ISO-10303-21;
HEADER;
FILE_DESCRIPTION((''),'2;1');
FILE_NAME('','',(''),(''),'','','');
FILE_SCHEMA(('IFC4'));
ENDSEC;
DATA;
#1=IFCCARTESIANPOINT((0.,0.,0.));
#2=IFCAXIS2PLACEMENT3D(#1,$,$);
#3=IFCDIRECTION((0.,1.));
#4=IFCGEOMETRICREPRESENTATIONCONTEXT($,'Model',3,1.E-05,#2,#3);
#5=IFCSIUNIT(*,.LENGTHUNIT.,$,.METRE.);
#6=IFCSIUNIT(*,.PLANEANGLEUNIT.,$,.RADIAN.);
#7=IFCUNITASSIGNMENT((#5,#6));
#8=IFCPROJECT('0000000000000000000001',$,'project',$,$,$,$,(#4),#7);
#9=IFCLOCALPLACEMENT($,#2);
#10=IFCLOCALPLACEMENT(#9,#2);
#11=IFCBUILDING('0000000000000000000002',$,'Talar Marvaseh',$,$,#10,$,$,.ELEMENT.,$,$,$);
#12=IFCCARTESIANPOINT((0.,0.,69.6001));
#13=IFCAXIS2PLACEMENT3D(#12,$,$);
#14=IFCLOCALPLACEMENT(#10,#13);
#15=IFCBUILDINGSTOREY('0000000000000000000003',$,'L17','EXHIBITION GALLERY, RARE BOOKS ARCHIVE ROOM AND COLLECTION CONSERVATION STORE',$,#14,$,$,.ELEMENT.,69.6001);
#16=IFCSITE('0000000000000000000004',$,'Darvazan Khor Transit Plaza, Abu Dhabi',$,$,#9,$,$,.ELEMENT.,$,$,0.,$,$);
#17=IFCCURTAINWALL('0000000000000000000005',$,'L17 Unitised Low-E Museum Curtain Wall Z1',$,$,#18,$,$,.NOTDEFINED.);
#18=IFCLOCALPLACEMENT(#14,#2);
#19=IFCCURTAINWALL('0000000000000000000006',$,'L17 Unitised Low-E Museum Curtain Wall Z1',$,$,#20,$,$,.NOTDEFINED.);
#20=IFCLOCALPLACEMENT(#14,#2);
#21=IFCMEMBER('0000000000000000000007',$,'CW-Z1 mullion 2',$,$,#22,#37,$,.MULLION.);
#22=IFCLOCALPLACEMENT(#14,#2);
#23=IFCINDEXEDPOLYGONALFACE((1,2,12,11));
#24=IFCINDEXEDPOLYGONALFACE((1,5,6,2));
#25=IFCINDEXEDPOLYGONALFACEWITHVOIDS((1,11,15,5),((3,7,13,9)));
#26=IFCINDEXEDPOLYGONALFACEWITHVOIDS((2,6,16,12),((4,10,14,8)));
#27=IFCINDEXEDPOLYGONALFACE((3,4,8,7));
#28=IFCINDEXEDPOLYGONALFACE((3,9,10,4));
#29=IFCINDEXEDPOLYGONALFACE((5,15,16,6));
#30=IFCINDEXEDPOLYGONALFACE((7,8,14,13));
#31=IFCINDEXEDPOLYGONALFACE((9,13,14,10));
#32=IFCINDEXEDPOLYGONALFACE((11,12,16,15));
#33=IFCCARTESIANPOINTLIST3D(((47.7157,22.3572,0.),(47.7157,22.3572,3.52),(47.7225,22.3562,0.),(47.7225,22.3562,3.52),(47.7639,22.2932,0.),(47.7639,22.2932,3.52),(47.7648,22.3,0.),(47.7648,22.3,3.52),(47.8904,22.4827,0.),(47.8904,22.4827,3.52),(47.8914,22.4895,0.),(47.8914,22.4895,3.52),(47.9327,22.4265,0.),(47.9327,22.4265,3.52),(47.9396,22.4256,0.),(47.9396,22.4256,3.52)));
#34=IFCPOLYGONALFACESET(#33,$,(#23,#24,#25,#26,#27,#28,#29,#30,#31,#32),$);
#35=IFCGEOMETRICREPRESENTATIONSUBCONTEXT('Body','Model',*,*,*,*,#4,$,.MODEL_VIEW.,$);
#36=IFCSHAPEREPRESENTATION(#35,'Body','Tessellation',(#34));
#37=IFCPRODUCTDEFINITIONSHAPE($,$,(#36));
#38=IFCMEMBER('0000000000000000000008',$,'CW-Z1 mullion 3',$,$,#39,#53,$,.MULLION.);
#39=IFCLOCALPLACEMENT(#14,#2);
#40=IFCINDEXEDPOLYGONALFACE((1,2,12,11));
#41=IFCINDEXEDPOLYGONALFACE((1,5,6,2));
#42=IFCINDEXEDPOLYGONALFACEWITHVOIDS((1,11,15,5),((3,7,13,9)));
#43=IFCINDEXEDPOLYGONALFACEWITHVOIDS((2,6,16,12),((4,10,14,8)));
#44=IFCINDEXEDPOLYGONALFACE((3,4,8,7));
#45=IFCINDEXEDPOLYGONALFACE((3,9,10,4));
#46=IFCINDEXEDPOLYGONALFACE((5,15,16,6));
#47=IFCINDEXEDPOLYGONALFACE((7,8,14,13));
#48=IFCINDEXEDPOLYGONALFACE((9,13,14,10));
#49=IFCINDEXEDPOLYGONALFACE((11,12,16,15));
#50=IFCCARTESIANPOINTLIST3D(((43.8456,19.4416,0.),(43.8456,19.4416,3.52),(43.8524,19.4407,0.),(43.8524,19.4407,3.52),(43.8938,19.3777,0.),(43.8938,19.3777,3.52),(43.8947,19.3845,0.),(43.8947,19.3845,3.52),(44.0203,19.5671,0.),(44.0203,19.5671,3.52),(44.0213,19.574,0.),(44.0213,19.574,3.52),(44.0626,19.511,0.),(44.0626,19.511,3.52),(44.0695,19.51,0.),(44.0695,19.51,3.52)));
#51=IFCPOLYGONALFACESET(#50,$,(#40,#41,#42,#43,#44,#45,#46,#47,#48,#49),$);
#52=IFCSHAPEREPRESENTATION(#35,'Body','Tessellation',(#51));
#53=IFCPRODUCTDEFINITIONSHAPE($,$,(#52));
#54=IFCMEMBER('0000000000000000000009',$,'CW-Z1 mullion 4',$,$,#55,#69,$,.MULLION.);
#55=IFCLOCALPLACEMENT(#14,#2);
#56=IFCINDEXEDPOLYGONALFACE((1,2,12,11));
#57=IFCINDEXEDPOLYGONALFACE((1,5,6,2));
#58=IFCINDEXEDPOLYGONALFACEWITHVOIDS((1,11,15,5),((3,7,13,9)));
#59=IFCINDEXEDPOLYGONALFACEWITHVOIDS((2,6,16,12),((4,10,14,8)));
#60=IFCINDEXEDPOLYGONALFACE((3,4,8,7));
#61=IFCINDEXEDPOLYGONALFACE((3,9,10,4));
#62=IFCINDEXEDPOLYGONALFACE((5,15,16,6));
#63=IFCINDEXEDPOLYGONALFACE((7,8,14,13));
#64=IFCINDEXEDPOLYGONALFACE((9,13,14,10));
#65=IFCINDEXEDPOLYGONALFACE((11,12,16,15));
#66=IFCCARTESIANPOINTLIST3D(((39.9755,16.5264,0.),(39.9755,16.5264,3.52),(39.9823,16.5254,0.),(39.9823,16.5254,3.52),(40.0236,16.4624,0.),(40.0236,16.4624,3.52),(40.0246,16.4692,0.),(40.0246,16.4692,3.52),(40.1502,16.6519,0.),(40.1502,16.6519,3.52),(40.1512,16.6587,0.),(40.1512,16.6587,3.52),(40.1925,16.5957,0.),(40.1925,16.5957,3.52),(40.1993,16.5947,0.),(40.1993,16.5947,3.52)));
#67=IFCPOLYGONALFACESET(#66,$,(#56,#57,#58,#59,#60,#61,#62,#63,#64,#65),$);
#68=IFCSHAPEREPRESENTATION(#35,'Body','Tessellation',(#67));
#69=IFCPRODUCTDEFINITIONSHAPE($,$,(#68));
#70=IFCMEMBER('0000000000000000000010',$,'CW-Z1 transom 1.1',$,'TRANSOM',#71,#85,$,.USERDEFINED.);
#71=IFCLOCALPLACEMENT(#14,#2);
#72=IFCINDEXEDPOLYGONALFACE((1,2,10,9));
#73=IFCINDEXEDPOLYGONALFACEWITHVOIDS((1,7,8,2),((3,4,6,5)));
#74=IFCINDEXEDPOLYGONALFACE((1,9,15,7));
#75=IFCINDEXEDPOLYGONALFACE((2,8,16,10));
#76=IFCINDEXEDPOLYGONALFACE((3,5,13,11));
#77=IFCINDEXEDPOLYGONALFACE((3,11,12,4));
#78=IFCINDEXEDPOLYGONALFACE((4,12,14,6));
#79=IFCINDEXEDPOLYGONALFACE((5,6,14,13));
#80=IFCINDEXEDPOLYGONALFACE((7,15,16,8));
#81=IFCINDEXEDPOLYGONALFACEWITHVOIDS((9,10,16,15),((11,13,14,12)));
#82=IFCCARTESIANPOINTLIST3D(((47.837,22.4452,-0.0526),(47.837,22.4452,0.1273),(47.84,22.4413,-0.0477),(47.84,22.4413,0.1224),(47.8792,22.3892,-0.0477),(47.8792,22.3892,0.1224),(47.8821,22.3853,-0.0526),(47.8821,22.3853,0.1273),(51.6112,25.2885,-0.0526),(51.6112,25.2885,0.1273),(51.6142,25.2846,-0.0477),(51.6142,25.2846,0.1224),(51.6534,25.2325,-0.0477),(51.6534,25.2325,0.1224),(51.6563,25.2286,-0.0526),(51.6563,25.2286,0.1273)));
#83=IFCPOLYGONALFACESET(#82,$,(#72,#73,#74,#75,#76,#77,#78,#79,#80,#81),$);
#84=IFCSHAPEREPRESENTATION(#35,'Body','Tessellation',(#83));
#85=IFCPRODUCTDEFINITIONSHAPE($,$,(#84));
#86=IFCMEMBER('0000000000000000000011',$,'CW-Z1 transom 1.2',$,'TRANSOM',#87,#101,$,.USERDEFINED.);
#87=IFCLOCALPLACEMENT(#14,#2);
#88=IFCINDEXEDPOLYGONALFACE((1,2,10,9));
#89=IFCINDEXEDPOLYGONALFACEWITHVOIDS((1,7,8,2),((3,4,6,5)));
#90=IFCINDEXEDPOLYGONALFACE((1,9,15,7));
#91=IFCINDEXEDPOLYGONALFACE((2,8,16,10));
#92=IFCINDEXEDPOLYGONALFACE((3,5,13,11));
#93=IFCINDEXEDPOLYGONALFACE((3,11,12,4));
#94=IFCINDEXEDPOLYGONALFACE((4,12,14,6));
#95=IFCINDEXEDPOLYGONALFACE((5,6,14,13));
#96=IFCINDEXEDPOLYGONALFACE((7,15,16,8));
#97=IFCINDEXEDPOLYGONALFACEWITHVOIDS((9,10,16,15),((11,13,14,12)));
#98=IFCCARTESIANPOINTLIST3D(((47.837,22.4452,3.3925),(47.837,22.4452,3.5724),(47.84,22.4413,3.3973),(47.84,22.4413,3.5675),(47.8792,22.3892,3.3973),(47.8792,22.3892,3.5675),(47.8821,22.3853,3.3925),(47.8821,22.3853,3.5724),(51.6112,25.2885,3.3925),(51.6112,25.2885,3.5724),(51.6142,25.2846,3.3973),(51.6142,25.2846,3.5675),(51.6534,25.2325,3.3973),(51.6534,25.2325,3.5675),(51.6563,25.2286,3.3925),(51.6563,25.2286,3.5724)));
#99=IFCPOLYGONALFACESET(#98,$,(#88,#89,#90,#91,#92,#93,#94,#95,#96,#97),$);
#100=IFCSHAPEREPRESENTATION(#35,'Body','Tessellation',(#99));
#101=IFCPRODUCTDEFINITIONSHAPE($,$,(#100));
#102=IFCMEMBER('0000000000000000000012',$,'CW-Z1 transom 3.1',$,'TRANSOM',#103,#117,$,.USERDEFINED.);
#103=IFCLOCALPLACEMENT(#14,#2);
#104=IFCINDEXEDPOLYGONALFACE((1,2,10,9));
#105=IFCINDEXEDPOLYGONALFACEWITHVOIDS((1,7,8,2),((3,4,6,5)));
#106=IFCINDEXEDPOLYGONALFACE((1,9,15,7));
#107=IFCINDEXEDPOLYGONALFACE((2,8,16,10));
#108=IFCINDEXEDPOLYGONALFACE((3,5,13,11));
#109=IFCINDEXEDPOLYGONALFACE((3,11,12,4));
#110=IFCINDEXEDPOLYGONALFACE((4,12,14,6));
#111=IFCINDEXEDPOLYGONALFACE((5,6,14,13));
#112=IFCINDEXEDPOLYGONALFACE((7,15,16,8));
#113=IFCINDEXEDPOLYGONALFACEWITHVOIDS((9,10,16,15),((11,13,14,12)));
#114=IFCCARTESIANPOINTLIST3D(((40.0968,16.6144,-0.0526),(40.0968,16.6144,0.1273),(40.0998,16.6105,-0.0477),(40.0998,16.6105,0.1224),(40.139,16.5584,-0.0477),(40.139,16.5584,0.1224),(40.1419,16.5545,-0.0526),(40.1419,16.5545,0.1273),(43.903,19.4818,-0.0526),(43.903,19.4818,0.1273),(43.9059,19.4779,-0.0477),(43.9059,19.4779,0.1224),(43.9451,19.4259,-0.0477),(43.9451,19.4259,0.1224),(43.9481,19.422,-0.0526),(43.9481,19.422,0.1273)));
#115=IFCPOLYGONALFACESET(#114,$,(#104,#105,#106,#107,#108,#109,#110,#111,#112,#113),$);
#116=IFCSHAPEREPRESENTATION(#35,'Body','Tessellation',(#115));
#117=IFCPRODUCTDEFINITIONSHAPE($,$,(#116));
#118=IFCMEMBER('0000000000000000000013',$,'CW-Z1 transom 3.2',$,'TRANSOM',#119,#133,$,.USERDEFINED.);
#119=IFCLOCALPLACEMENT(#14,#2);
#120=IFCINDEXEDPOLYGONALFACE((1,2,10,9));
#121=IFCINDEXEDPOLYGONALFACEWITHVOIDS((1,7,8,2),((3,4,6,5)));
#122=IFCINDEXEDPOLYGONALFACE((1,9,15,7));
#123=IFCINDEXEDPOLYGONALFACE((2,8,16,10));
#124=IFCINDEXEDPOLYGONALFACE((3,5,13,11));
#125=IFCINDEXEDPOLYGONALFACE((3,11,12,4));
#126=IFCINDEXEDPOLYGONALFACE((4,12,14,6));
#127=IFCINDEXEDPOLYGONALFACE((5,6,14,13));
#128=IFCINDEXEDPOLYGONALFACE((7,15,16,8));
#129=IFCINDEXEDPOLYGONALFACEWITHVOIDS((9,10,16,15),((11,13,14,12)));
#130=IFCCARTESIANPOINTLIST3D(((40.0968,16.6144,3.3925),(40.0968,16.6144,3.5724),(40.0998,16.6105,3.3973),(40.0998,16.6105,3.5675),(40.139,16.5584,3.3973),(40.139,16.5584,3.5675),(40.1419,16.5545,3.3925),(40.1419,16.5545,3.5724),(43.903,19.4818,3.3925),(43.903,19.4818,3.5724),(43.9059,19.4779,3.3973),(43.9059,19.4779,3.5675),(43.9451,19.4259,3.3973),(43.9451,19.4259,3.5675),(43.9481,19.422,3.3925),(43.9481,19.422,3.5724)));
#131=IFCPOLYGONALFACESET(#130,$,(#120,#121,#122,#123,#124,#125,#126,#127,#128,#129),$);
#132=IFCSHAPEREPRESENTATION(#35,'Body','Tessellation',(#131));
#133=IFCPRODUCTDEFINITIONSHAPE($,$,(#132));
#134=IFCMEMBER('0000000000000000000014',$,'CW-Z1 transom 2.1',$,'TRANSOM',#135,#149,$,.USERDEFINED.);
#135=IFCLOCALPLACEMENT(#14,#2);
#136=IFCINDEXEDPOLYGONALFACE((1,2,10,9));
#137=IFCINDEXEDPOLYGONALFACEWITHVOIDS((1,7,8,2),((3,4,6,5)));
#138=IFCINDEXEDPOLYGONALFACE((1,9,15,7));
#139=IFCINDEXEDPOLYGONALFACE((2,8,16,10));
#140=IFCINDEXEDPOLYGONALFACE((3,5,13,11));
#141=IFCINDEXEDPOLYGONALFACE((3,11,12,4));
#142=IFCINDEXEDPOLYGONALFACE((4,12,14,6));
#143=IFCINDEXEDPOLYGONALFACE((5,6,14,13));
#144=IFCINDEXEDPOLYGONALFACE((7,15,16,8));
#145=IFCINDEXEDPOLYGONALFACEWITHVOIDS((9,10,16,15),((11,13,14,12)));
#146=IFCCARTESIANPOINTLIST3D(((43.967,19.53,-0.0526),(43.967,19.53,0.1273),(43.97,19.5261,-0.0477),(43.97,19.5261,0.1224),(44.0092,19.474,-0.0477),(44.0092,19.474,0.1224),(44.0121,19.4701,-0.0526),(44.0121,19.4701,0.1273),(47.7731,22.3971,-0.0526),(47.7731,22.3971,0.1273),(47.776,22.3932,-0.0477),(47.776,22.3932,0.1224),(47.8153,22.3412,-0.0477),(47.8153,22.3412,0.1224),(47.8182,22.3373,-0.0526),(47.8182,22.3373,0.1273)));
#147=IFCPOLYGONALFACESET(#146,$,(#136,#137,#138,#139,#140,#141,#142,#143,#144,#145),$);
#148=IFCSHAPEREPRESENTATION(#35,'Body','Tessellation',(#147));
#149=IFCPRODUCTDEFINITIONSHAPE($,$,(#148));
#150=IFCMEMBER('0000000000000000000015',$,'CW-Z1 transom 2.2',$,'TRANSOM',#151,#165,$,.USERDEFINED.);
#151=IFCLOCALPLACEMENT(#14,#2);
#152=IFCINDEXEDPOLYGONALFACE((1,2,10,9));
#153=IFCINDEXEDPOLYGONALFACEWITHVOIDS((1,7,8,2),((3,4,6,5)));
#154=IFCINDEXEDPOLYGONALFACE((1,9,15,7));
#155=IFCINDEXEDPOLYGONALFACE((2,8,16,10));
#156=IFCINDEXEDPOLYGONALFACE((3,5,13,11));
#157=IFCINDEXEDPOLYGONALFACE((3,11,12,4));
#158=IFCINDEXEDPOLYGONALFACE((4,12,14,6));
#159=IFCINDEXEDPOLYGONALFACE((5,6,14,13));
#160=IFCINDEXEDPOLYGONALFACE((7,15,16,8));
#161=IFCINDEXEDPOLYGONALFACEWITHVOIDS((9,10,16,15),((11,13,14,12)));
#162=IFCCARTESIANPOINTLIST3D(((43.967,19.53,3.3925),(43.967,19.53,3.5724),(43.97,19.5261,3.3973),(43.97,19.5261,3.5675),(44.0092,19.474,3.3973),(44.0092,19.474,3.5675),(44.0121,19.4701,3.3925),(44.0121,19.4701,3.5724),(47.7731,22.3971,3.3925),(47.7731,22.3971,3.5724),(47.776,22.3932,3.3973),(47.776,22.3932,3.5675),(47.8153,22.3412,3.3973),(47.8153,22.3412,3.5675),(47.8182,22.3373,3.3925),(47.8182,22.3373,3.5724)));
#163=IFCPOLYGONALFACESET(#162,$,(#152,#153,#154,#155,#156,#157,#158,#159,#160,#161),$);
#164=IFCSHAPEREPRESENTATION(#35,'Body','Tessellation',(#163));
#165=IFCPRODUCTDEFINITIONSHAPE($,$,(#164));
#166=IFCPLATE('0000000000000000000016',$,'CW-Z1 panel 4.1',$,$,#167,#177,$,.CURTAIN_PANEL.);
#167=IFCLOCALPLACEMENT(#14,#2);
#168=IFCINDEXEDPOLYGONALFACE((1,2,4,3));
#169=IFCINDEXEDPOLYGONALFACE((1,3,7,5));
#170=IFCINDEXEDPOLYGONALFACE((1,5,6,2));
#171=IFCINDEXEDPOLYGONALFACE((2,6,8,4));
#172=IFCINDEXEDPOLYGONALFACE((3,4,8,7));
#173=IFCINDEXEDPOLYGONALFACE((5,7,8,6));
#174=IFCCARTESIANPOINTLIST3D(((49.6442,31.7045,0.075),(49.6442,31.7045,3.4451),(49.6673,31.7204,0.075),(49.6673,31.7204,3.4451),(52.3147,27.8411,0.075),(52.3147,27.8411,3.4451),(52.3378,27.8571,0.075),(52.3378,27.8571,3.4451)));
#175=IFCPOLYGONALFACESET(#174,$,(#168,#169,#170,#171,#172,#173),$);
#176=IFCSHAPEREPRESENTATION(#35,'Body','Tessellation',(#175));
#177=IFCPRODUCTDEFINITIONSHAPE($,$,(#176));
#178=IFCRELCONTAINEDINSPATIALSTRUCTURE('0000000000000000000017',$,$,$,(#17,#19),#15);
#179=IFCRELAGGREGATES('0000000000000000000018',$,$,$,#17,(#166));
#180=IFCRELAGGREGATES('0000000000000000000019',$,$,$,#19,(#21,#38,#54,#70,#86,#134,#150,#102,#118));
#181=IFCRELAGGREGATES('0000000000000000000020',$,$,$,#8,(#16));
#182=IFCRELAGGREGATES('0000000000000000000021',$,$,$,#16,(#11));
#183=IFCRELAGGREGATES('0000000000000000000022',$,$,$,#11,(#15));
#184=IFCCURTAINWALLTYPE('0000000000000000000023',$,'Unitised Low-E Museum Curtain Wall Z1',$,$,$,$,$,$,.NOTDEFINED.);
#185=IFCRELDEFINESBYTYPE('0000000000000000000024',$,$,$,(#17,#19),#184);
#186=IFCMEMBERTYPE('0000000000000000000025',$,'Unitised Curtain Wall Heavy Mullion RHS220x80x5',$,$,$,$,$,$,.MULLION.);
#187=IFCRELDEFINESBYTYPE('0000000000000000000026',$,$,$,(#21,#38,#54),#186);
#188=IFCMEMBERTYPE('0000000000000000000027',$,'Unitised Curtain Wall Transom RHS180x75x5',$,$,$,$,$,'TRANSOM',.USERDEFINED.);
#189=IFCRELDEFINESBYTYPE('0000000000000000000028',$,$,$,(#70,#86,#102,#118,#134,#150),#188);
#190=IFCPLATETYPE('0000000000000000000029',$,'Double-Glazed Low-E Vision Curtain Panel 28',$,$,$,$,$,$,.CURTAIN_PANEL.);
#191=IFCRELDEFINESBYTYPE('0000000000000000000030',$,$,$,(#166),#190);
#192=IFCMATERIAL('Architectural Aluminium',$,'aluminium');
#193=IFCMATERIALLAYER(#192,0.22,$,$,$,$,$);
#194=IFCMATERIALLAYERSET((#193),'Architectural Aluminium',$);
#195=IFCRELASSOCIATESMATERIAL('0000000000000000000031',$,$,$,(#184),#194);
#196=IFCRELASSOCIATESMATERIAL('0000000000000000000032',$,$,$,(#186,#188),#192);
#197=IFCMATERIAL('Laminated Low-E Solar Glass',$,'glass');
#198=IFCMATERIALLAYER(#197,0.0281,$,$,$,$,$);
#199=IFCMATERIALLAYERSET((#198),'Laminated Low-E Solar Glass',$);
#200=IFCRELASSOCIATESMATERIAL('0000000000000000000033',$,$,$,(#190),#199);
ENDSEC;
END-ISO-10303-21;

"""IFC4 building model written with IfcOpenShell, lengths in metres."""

from ifc_helpers import new_model, si_unit, direction, frame, origin, origin_2d, place, context, subcontext, project, spatial, rectangle, hollow_rectangle, extrude, source, transform, mapped, material, layer, layer_set, material_profile, profile_set, type_object, type_shapes, element, aggregate, save


model = new_model("IFC4")

# Units and contexts
model_context = context("Model", 3, precision=1e-05, world=origin(), true_north=direction((0.0, 1.0)))
body_context = subcontext(model_context, "Body", "Model", "MODEL_VIEW")
ifc_project = project(units=[si_unit("LENGTHUNIT", "METRE"), si_unit("PLANEANGLEUNIT", "RADIAN")], contexts=[model_context])

# Site, building, storey
site_placement = place(None, origin())
site = spatial("IfcSite", under=ifc_project, at=site_placement, Name="Darvazan Khor Transit Plaza, Abu Dhabi", CompositionType="ELEMENT", RefElevation=0.0)
building_placement = place(site_placement, origin())
building = spatial("IfcBuilding", under=site, at=building_placement, Name="Talar Marvaseh", CompositionType="ELEMENT")
storey_placement = place(building_placement, frame((0.0, 0.0, 69.6001)))
storey = spatial("IfcBuildingStorey", under=building, at=storey_placement, Name="L17", Description="EXHIBITION GALLERY, RARE BOOKS ARCHIVE ROOM AND COLLECTION CONSERVATION STORE", CompositionType="ELEMENT", Elevation=69.6001)

# Curtain wall
ifc_material_1 = material(Name="Architectural Aluminium", Category="aluminium")
ifc_layer_1 = layer(ifc_material_1, 0.22)
ifc_layer_set_1 = layer_set([ifc_layer_1], Name="Architectural Aluminium")
curtain_wall_type = type_object("IfcCurtainWallType", Name="Unitised Low-E Museum Curtain Wall Z1", PredefinedType="NOTDEFINED", material=ifc_layer_set_1)
curtain_wall_1_placement = place(storey_placement, origin())
curtain_wall_1 = element("IfcCurtainWall", 1, at=curtain_wall_1_placement, inside=storey, type_object=curtain_wall_type, Name="L17 Unitised Low-E Museum Curtain Wall Z1", PredefinedType="NOTDEFINED")
ifc_material_profile_1 = material_profile(ifc_material_1, hollow_rectangle(XDim=0.0801, YDim=0.22, WallThickness=0.0049, at=origin_2d()), Name="RHS220x80x5")
ifc_profile_set_1 = profile_set([ifc_material_profile_1], Name="Architectural Aluminium")
member_type_1 = type_object("IfcMemberType", Name="Unitised Curtain Wall Heavy Mullion RHS220x80x5", PredefinedType="MULLION", material=ifc_profile_set_1)
shared_shape_1 = source(origin(), body_context, "Body", "SweptSolid", [
    extrude(hollow_rectangle(XDim=0.0801, YDim=0.22, WallThickness=0.0049, at=origin_2d()), origin(), (0.0, 0.0, 1.0), 3.52),
])
type_shapes(member_type_1, [shared_shape_1])

# Curtain wall, members
curtain_wall_2_placement = place(storey_placement, origin())
curtain_wall_2 = element("IfcCurtainWall", 2, at=curtain_wall_2_placement, inside=storey, type_object=curtain_wall_type, Name="L17 Unitised Low-E Museum Curtain Wall Z1", PredefinedType="NOTDEFINED")
member_1_placement = place(storey_placement, frame((47.8276, 22.3914, 0.0), z_axis=(0.0, 0.0, 1.0), x_axis=(0.601691, -0.798729, 0.0)))
member_1 = element("IfcMember", 3, at=member_1_placement, type_object=member_type_1, Name="CW-Z1 mullion 2", PredefinedType="MULLION", context=body_context, shape_type="MappedRepresentation", body=[
    mapped(shared_shape_1, transform((0.0, 0.0, 0.0), x_axis=(1.0, 0.0, 0.0), y_axis=(0.0, 1.0, 0.0), z_axis=(0.0, 0.0, 1.0), scale=1.0)),
])
member_2_placement = place(storey_placement, frame((43.9575, 19.4758, 0.0), z_axis=(0.0, 0.0, 1.0), x_axis=(0.601691, -0.798729, 0.0)))
member_2 = element("IfcMember", 4, at=member_2_placement, type_object=member_type_1, Name="CW-Z1 mullion 3", PredefinedType="MULLION", context=body_context, shape_type="MappedRepresentation", body=[
    mapped(shared_shape_1, transform((0.0, 0.0, 0.0), x_axis=(1.0, 0.0, 0.0), y_axis=(0.0, 1.0, 0.0), z_axis=(0.0, 0.0, 1.0), scale=1.0)),
])
member_3_placement = place(storey_placement, frame((40.0874, 16.5605, 0.0), z_axis=(0.0, 0.0, 1.0), x_axis=(0.601691, -0.798729, 0.0)))
member_3 = element("IfcMember", 5, at=member_3_placement, type_object=member_type_1, Name="CW-Z1 mullion 4", PredefinedType="MULLION", context=body_context, shape_type="MappedRepresentation", body=[
    mapped(shared_shape_1, transform((0.0, 0.0, 0.0), x_axis=(1.0, 0.0, 0.0), y_axis=(0.0, 1.0, 0.0), z_axis=(0.0, 0.0, 1.0), scale=1.0)),
])
ifc_material_profile_2 = material_profile(ifc_material_1, hollow_rectangle(XDim=0.075, YDim=0.1799, WallThickness=0.0049, at=origin_2d()), Name="RHS180x75x5")
ifc_profile_set_2 = profile_set([ifc_material_profile_2], Name="Architectural Aluminium")
member_type_2 = type_object("IfcMemberType", Name="Unitised Curtain Wall Transom RHS180x75x5", ElementType="TRANSOM", PredefinedType="USERDEFINED", material=ifc_profile_set_2)
shared_shape_2 = source(origin(), body_context, "Body", "SweptSolid", [
    extrude(hollow_rectangle(XDim=0.075, YDim=0.1799, WallThickness=0.0049, at=origin_2d()), origin(), (0.0, 0.0, 1.0), 4.7253),
])
member_4_placement = place(storey_placement, frame((51.6338, 25.2585, 0.0374), z_axis=(-0.798715, -0.60171, 0.0), x_axis=(0.60171, -0.798715, 0.0)))
member_4 = element("IfcMember", 6, at=member_4_placement, type_object=member_type_2, Name="CW-Z1 transom 1.1", ObjectType="TRANSOM", PredefinedType="USERDEFINED", context=body_context, shape_type="MappedRepresentation", body=[
    mapped(shared_shape_2, transform((0.0, 0.0, 0.0), x_axis=(1.0, 0.0, 0.0), y_axis=(0.0, 1.0, 0.0), z_axis=(0.0, 0.0, 1.0), scale=1.0)),
])
member_5_placement = place(storey_placement, frame((51.6338, 25.2585, 3.4824), z_axis=(-0.798715, -0.60171, 0.0), x_axis=(0.60171, -0.798715, 0.0)))
member_5 = element("IfcMember", 7, at=member_5_placement, type_object=member_type_2, Name="CW-Z1 transom 1.2", ObjectType="TRANSOM", PredefinedType="USERDEFINED", context=body_context, shape_type="MappedRepresentation", body=[
    mapped(shared_shape_2, transform((0.0, 0.0, 0.0), x_axis=(1.0, 0.0, 0.0), y_axis=(0.0, 1.0, 0.0), z_axis=(0.0, 0.0, 1.0), scale=1.0)),
])
shared_shape_3 = source(origin(), body_context, "Body", "SweptSolid", [
    extrude(hollow_rectangle(XDim=0.075, YDim=0.1799, WallThickness=0.0049, at=origin_2d()), origin(), (0.0, 0.0, 1.0), 4.7654),
])
member_6_placement = place(storey_placement, frame((43.9255, 19.4519, 0.0374), z_axis=(-0.798707, -0.60172, 0.0), x_axis=(0.60172, -0.798707, 0.0)))
member_6 = element("IfcMember", 8, at=member_6_placement, type_object=member_type_2, Name="CW-Z1 transom 3.1", ObjectType="TRANSOM", PredefinedType="USERDEFINED", context=body_context, shape_type="MappedRepresentation", body=[
    mapped(shared_shape_3, transform((0.0, 0.0, 0.0), x_axis=(1.0, 0.0, 0.0), y_axis=(0.0, 1.0, 0.0), z_axis=(0.0, 0.0, 1.0), scale=1.0)),
])
member_7_placement = place(storey_placement, frame((43.9255, 19.4519, 3.4824), z_axis=(-0.798707, -0.60172, 0.0), x_axis=(0.60172, -0.798707, 0.0)))
member_7 = element("IfcMember", 9, at=member_7_placement, type_object=member_type_2, Name="CW-Z1 transom 3.2", ObjectType="TRANSOM", PredefinedType="USERDEFINED", context=body_context, shape_type="MappedRepresentation", body=[
    mapped(shared_shape_3, transform((0.0, 0.0, 0.0), x_axis=(1.0, 0.0, 0.0), y_axis=(0.0, 1.0, 0.0), z_axis=(0.0, 0.0, 1.0), scale=1.0)),
])
shared_shape_4 = source(origin(), body_context, "Body", "SweptSolid", [
    extrude(hollow_rectangle(XDim=0.075, YDim=0.1799, WallThickness=0.0049, at=origin_2d()), origin(), (0.0, 0.0, 1.0), 4.7651),
])
type_shapes(member_type_2, [shared_shape_2, shared_shape_3, shared_shape_4])
member_8_placement = place(storey_placement, frame((47.7957, 22.3672, 0.0374), z_axis=(-0.798732, -0.601687, 0.0), x_axis=(0.601687, -0.798732, 0.0)))
member_8 = element("IfcMember", 10, at=member_8_placement, type_object=member_type_2, Name="CW-Z1 transom 2.1", ObjectType="TRANSOM", PredefinedType="USERDEFINED", context=body_context, shape_type="MappedRepresentation", body=[
    mapped(shared_shape_4, transform((0.0, 0.0, 0.0), x_axis=(1.0, 0.0, 0.0), y_axis=(0.0, 1.0, 0.0), z_axis=(0.0, 0.0, 1.0), scale=1.0)),
])
member_9_placement = place(storey_placement, frame((47.7957, 22.3672, 3.4824), z_axis=(-0.798732, -0.601687, 0.0), x_axis=(0.601687, -0.798732, 0.0)))
member_9 = element("IfcMember", 11, at=member_9_placement, type_object=member_type_2, Name="CW-Z1 transom 2.2", ObjectType="TRANSOM", PredefinedType="USERDEFINED", context=body_context, shape_type="MappedRepresentation", body=[
    mapped(shared_shape_4, transform((0.0, 0.0, 0.0), x_axis=(1.0, 0.0, 0.0), y_axis=(0.0, 1.0, 0.0), z_axis=(0.0, 0.0, 1.0), scale=1.0)),
])

# Plate
ifc_material_2 = material(Name="Laminated Low-E Solar Glass", Category="glass")
ifc_layer_2 = layer(ifc_material_2, 0.0281)
ifc_layer_set_2 = layer_set([ifc_layer_2], Name="Laminated Low-E Solar Glass")
plate_type = type_object("IfcPlateType", Name="Double-Glazed Low-E Vision Curtain Panel 28", PredefinedType="CURTAIN_PANEL", material=ifc_layer_set_2)
shared_shape_5 = source(origin(), body_context, "Body", "SweptSolid", [
    extrude(rectangle(XDim=4.6965, YDim=0.0281, at=origin_2d()), origin(), (0.0, 0.0, 1.0), 3.3701),
])
plate_1_placement = place(storey_placement, frame((50.991, 29.7808, 0.075), z_axis=(0.0, 0.0, 1.0), x_axis=(0.568617, -0.822603, 0.0)))
plate_1 = element("IfcPlate", 12, at=plate_1_placement, type_object=plate_type, Name="CW-Z1 panel 4.1", PredefinedType="CURTAIN_PANEL", context=body_context, shape_type="MappedRepresentation", body=[
    mapped(shared_shape_5, transform((0.0, 0.0, 0.0), x_axis=(1.0, 0.0, 0.0), y_axis=(0.0, 1.0, 0.0), z_axis=(0.0, 0.0, 1.0), scale=1.0)),
])
aggregate(curtain_wall_1, [plate_1])
aggregate(curtain_wall_2, [member_1, member_2, member_3, member_4, member_5, member_8, member_9, member_6, member_7])

save(model, "model.ifc")
